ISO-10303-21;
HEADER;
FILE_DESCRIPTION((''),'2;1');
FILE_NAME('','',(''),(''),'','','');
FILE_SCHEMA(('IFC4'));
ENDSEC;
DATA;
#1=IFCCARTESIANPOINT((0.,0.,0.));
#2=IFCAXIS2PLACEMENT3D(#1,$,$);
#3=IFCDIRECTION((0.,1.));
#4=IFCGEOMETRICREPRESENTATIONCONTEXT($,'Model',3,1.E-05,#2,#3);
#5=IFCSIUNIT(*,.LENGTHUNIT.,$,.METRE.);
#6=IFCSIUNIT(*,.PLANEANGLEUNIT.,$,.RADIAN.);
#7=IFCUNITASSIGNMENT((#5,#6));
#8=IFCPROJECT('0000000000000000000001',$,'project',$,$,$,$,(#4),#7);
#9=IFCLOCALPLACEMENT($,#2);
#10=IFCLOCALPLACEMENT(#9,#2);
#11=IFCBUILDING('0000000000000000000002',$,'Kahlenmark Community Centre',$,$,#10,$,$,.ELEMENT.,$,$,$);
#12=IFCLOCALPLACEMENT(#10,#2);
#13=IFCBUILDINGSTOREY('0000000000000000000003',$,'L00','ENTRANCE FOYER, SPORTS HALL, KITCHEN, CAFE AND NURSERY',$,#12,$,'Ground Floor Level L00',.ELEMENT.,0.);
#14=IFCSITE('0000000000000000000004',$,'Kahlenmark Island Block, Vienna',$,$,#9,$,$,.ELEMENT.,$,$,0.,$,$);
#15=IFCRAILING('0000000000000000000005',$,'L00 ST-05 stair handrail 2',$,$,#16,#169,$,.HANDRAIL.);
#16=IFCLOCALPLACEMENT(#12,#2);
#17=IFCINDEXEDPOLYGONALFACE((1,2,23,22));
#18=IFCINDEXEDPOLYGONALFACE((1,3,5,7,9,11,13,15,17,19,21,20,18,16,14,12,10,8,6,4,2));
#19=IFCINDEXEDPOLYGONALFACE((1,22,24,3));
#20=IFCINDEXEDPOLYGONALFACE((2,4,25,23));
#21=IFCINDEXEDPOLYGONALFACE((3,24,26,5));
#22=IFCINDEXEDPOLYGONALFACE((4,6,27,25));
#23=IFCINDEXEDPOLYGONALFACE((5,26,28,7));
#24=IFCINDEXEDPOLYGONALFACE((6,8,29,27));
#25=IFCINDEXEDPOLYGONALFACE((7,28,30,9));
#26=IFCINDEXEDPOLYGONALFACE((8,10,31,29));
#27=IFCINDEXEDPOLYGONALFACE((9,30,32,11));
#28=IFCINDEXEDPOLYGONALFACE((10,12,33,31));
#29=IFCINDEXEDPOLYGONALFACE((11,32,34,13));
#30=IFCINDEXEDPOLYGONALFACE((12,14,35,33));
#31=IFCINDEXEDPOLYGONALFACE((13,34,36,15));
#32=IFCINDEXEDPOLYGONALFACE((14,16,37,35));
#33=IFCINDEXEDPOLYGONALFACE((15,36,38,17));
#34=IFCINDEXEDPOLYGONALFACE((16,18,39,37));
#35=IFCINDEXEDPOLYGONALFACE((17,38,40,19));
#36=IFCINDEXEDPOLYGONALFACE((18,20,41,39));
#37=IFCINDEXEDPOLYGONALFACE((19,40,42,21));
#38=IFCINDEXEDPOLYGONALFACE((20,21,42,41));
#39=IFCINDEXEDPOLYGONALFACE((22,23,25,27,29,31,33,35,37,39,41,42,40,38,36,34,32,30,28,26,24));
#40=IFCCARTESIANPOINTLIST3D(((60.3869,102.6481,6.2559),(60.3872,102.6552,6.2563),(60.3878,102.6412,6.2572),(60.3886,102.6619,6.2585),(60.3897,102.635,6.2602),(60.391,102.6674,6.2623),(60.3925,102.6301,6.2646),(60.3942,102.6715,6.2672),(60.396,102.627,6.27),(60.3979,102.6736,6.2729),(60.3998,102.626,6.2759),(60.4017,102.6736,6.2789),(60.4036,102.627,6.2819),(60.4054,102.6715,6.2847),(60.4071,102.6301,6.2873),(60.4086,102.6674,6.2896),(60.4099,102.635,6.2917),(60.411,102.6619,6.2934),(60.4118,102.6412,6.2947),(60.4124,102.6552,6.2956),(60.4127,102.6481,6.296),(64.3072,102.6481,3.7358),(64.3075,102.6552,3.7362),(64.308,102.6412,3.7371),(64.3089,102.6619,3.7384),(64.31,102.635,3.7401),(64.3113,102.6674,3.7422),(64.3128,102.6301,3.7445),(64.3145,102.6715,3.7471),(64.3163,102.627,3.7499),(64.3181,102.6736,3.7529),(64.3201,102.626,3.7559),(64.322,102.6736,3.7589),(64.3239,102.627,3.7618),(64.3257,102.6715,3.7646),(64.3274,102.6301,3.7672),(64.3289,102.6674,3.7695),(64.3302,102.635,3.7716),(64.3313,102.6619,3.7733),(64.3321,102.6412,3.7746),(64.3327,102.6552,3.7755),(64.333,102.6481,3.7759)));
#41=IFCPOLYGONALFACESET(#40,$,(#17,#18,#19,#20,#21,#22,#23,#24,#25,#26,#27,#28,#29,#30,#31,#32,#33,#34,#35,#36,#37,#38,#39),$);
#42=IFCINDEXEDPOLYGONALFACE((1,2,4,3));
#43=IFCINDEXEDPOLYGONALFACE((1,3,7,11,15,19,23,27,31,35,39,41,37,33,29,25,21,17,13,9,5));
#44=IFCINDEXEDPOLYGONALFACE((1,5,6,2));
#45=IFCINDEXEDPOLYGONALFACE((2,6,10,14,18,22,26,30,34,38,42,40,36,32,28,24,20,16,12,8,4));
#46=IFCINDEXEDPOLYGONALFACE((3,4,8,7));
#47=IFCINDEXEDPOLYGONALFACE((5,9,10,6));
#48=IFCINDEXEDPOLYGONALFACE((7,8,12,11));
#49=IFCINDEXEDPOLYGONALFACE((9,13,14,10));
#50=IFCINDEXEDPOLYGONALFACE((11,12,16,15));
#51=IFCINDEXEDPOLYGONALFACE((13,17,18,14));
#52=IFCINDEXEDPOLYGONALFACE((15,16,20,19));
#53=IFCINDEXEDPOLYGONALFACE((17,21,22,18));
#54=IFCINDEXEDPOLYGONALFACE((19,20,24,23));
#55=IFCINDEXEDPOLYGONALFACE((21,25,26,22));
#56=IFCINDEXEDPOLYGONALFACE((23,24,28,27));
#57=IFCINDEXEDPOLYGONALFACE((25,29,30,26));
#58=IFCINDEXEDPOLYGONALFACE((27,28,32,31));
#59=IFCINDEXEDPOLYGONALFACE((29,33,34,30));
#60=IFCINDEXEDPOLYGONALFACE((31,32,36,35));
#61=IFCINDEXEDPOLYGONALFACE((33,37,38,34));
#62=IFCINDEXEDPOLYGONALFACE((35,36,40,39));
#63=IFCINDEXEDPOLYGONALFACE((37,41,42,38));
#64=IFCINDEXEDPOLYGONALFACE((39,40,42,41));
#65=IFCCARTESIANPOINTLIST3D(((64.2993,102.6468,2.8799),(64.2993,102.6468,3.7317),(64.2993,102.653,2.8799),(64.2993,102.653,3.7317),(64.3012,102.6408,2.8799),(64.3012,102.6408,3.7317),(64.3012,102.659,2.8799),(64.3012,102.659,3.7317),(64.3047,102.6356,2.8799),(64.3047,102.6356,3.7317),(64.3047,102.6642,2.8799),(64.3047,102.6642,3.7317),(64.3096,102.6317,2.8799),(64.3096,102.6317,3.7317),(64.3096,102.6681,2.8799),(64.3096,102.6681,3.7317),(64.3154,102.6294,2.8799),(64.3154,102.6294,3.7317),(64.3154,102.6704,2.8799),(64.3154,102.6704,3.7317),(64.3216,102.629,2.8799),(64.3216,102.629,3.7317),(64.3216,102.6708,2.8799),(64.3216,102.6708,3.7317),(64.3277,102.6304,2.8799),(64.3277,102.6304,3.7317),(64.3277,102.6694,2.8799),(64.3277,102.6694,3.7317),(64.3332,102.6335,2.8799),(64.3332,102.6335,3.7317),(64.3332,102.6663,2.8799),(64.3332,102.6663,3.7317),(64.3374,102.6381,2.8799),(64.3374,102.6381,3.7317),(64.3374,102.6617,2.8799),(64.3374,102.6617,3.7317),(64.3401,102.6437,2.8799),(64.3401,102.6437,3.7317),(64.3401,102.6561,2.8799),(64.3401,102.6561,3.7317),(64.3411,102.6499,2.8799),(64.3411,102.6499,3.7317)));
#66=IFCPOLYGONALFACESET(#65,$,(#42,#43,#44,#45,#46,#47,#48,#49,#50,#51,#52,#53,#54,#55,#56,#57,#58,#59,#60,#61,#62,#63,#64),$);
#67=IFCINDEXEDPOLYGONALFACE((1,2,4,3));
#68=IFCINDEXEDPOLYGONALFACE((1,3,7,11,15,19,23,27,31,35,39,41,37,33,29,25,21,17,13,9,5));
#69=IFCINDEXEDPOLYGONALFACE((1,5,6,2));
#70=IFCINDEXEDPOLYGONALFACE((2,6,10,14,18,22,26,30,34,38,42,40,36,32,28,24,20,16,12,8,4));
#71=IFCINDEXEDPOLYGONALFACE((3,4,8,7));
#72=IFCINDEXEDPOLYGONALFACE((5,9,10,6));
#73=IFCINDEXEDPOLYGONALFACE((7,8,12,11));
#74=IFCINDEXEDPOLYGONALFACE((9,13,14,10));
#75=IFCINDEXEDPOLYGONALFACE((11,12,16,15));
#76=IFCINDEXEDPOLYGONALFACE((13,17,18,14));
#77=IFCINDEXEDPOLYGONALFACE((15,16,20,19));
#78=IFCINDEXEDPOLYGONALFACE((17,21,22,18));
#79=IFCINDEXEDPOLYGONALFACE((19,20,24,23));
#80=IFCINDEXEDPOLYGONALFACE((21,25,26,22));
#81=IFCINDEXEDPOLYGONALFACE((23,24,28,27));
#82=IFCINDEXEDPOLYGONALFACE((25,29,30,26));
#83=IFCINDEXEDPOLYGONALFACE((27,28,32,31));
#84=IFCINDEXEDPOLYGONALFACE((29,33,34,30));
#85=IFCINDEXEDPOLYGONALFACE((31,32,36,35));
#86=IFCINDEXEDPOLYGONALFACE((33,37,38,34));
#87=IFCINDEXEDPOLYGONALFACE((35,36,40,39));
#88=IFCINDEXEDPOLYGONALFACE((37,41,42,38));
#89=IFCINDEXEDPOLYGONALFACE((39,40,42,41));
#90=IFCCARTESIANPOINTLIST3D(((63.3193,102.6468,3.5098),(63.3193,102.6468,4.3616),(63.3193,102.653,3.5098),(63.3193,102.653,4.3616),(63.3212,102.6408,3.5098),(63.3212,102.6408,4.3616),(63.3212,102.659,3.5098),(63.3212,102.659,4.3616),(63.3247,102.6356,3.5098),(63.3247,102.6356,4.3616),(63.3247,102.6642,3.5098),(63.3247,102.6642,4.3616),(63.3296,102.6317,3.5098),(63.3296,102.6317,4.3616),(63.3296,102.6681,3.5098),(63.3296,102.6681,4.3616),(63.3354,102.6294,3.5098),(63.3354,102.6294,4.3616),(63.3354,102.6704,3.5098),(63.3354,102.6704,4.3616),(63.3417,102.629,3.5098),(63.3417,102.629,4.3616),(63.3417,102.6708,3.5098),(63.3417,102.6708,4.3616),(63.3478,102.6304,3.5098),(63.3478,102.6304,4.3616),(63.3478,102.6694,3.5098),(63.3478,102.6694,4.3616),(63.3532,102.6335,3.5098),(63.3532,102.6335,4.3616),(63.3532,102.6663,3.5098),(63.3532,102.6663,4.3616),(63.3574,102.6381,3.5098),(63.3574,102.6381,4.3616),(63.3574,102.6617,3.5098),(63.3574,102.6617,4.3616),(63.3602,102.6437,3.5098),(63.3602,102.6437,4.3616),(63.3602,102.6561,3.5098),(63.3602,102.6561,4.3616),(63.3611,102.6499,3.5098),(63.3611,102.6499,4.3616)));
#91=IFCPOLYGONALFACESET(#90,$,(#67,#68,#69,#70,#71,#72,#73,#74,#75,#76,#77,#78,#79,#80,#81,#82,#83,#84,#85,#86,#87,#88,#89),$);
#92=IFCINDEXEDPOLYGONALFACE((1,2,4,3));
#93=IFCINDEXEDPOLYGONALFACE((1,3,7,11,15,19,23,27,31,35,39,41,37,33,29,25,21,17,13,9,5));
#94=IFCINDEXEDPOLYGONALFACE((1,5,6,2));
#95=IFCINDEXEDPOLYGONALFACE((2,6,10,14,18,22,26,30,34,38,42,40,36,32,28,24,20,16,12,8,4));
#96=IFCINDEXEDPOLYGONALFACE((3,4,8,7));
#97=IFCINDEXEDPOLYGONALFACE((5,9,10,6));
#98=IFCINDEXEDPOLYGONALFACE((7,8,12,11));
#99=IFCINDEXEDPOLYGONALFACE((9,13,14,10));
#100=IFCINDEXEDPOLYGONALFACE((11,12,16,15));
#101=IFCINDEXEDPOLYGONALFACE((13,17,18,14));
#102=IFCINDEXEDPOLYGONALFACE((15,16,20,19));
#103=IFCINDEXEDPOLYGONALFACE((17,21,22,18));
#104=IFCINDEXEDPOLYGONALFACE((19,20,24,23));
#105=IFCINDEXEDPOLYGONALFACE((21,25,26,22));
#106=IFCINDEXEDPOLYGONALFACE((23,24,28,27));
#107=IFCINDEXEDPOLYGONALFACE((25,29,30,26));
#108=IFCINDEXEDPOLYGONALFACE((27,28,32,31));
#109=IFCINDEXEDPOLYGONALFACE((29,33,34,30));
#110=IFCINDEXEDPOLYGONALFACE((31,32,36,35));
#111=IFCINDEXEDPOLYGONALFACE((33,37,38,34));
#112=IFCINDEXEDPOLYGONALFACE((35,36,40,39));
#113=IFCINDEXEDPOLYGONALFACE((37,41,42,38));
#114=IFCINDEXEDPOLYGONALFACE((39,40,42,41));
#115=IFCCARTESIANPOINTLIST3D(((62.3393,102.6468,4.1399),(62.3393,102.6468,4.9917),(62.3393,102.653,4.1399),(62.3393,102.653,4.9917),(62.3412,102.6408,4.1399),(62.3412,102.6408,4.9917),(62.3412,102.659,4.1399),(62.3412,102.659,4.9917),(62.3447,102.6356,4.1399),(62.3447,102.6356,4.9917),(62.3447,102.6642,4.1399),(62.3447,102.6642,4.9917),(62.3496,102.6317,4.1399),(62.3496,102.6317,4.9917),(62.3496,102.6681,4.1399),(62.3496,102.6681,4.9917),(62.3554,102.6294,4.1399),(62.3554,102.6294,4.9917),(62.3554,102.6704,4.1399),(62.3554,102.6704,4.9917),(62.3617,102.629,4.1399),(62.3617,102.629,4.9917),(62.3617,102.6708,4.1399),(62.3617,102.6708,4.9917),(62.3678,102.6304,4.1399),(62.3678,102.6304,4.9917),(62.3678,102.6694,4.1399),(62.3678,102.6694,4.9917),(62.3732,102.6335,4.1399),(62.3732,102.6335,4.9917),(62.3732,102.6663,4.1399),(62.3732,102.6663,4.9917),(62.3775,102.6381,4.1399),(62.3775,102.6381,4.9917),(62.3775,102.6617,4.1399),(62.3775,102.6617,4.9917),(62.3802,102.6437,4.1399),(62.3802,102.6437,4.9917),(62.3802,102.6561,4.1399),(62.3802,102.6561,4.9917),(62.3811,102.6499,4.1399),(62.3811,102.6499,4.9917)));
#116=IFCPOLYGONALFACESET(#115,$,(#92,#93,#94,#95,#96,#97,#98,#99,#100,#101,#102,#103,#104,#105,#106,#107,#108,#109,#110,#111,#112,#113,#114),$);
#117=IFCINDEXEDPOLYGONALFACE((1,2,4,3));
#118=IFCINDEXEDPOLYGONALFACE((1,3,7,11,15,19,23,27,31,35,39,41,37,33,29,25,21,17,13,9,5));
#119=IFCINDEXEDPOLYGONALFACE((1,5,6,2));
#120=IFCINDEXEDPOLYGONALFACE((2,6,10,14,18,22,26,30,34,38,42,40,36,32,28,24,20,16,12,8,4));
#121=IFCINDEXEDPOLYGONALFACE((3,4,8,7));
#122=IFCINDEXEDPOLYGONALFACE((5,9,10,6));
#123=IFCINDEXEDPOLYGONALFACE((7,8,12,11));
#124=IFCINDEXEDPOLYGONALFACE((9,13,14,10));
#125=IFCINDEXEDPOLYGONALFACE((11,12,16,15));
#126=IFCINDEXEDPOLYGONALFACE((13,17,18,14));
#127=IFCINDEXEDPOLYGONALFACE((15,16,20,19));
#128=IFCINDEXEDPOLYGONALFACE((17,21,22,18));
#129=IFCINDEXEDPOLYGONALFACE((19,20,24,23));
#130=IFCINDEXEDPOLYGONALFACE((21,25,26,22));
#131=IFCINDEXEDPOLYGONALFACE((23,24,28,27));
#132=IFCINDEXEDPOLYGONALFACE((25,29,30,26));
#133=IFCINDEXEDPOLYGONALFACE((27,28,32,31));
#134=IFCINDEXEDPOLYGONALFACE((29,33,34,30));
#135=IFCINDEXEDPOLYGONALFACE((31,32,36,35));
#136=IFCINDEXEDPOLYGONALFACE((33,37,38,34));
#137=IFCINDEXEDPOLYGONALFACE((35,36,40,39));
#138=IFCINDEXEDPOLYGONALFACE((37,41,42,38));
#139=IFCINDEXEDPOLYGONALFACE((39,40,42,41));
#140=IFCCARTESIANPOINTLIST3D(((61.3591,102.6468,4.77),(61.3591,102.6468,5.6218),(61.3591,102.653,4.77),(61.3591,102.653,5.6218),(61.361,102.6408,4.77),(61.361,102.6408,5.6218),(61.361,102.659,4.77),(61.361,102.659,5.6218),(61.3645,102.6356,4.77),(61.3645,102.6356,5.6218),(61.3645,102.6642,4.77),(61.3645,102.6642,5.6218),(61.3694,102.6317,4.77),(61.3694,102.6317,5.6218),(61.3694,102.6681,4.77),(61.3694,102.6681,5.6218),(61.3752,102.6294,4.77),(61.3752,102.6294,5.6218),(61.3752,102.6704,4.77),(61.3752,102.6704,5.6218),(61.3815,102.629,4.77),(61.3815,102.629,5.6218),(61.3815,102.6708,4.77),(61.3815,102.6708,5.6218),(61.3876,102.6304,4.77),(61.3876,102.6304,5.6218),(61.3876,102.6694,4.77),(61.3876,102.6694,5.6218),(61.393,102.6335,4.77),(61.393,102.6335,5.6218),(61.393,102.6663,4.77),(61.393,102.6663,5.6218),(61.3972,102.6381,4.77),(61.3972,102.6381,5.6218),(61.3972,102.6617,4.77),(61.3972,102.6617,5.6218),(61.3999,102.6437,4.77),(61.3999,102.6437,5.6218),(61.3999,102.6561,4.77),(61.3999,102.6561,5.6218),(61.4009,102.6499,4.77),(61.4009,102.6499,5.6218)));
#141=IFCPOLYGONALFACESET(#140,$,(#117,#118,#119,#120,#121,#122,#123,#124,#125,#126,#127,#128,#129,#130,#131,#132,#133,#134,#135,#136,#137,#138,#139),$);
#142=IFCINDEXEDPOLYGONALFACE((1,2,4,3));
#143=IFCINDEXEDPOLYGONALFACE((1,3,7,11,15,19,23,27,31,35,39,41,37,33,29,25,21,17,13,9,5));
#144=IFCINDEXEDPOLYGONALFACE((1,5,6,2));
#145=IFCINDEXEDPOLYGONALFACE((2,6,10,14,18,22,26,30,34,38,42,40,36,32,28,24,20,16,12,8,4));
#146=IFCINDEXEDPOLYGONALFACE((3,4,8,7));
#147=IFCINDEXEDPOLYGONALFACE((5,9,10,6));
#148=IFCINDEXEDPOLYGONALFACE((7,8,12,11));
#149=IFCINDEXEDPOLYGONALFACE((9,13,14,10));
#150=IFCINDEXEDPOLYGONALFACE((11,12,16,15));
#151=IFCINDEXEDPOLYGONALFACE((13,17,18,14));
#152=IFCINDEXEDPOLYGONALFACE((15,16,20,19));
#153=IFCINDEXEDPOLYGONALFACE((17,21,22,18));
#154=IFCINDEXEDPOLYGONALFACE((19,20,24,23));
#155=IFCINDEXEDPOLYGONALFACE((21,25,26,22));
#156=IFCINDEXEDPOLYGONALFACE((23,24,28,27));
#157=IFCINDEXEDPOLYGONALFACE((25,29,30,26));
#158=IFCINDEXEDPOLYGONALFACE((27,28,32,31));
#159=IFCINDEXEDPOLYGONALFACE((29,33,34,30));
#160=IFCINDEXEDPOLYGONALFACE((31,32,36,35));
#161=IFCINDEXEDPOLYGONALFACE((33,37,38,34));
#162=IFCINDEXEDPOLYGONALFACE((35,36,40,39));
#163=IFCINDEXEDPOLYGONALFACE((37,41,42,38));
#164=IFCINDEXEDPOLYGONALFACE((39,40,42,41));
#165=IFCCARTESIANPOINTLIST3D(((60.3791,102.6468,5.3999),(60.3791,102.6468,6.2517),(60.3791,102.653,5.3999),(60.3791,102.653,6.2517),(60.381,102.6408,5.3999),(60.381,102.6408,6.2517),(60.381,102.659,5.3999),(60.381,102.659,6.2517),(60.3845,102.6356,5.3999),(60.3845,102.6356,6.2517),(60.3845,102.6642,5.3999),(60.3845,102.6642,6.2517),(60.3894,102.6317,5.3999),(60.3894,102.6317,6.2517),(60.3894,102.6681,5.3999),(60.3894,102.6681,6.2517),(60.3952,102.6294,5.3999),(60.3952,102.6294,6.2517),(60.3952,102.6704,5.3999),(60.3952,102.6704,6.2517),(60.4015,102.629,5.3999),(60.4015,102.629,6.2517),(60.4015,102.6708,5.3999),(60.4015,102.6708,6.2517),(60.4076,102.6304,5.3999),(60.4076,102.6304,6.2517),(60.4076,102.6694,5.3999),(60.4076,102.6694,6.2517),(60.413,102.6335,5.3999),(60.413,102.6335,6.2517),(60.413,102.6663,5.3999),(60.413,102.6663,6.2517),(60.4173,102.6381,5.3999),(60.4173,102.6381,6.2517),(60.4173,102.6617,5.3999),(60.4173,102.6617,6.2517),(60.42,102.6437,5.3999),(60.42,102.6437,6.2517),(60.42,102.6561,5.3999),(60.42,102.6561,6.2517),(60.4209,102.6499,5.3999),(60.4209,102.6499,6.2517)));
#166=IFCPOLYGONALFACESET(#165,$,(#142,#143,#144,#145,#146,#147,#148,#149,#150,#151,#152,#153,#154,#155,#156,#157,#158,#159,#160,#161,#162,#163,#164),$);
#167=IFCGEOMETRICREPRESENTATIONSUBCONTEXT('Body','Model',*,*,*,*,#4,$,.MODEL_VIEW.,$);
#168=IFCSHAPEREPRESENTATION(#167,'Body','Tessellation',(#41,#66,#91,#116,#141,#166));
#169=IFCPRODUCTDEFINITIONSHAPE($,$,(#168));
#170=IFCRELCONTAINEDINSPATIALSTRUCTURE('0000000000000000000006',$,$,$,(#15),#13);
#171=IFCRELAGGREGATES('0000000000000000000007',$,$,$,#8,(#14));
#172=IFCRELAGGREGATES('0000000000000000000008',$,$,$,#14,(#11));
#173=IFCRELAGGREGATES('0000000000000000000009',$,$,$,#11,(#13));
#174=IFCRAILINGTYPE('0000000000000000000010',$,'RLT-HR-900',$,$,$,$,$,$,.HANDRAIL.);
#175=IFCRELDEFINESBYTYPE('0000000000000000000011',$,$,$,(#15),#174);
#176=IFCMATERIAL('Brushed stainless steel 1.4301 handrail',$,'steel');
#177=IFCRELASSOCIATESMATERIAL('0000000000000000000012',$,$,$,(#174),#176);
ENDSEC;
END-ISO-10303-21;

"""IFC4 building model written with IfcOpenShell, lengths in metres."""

from ifc_helpers import new_model, si_unit, direction, frame, origin, origin_2d, place, context, subcontext, project, spatial, circle, extrude, material, type_object, element, save


model = new_model("IFC4")

# Units and contexts
model_context = context("Model", 3, precision=1e-05, world=origin(), true_north=direction((0.0, 1.0)))
body_context = subcontext(model_context, "Body", "Model", "MODEL_VIEW")
ifc_project = project(units=[si_unit("LENGTHUNIT", "METRE"), si_unit("PLANEANGLEUNIT", "RADIAN")], contexts=[model_context])

# Site, building, storey
site_placement = place(None, origin())
site = spatial("IfcSite", under=ifc_project, at=site_placement, Name="Kahlenmark Island Block, Vienna", CompositionType="ELEMENT", RefElevation=0.0)
building_placement = place(site_placement, origin())
building = spatial("IfcBuilding", under=site, at=building_placement, Name="Kahlenmark Community Centre", CompositionType="ELEMENT")
storey_placement = place(building_placement, origin())
storey = spatial("IfcBuildingStorey", under=building, at=storey_placement, Name="L00", Description="ENTRANCE FOYER, SPORTS HALL, KITCHEN, CAFE AND NURSERY", LongName="Ground Floor Level L00", CompositionType="ELEMENT", Elevation=0.0)

# Railing
ifc_material_1 = material(Name="Brushed stainless steel 1.4301 handrail", Category="steel")
railing_type_1 = type_object("IfcRailingType", Name="RLT-HR-900", PredefinedType="HANDRAIL", material=ifc_material_1)
railing_1_placement = place(storey_placement, frame((64.3201, 102.6499, 2.8799)))
element("IfcRailing", 1, at=railing_1_placement, inside=storey, type_object=railing_type_1, Name="L00 ST-05 stair handrail 2", PredefinedType="HANDRAIL", context=body_context, shape_type="SweptSolid", body=[
    extrude(circle(Radius=0.0239, at=origin_2d()), frame((0.0, 0.0, 0.876), z_axis=(-0.841187, 0.0, 0.540744), x_axis=(0.0, -1.0, 0.0)), (0.0, 0.0, 1.0), 4.6604),
    extrude(circle(Radius=0.021, at=origin_2d()), origin(), (0.0, 0.0, 1.0), 0.8518),
    extrude(circle(Radius=0.021, at=origin_2d()), frame((-0.98, 0.0, 0.6299)), (0.0, 0.0, 1.0), 0.8518),
    extrude(circle(Radius=0.021, at=origin_2d()), frame((-1.96, 0.0, 1.26)), (0.0, 0.0, 1.0), 0.8518),
    extrude(circle(Radius=0.021, at=origin_2d()), frame((-2.9402, 0.0, 1.8901)), (0.0, 0.0, 1.0), 0.8518),
    extrude(circle(Radius=0.021, at=origin_2d()), frame((-3.9202, 0.0, 2.52)), (0.0, 0.0, 1.0), 0.8518),
])

save(model, "model.ifc")
